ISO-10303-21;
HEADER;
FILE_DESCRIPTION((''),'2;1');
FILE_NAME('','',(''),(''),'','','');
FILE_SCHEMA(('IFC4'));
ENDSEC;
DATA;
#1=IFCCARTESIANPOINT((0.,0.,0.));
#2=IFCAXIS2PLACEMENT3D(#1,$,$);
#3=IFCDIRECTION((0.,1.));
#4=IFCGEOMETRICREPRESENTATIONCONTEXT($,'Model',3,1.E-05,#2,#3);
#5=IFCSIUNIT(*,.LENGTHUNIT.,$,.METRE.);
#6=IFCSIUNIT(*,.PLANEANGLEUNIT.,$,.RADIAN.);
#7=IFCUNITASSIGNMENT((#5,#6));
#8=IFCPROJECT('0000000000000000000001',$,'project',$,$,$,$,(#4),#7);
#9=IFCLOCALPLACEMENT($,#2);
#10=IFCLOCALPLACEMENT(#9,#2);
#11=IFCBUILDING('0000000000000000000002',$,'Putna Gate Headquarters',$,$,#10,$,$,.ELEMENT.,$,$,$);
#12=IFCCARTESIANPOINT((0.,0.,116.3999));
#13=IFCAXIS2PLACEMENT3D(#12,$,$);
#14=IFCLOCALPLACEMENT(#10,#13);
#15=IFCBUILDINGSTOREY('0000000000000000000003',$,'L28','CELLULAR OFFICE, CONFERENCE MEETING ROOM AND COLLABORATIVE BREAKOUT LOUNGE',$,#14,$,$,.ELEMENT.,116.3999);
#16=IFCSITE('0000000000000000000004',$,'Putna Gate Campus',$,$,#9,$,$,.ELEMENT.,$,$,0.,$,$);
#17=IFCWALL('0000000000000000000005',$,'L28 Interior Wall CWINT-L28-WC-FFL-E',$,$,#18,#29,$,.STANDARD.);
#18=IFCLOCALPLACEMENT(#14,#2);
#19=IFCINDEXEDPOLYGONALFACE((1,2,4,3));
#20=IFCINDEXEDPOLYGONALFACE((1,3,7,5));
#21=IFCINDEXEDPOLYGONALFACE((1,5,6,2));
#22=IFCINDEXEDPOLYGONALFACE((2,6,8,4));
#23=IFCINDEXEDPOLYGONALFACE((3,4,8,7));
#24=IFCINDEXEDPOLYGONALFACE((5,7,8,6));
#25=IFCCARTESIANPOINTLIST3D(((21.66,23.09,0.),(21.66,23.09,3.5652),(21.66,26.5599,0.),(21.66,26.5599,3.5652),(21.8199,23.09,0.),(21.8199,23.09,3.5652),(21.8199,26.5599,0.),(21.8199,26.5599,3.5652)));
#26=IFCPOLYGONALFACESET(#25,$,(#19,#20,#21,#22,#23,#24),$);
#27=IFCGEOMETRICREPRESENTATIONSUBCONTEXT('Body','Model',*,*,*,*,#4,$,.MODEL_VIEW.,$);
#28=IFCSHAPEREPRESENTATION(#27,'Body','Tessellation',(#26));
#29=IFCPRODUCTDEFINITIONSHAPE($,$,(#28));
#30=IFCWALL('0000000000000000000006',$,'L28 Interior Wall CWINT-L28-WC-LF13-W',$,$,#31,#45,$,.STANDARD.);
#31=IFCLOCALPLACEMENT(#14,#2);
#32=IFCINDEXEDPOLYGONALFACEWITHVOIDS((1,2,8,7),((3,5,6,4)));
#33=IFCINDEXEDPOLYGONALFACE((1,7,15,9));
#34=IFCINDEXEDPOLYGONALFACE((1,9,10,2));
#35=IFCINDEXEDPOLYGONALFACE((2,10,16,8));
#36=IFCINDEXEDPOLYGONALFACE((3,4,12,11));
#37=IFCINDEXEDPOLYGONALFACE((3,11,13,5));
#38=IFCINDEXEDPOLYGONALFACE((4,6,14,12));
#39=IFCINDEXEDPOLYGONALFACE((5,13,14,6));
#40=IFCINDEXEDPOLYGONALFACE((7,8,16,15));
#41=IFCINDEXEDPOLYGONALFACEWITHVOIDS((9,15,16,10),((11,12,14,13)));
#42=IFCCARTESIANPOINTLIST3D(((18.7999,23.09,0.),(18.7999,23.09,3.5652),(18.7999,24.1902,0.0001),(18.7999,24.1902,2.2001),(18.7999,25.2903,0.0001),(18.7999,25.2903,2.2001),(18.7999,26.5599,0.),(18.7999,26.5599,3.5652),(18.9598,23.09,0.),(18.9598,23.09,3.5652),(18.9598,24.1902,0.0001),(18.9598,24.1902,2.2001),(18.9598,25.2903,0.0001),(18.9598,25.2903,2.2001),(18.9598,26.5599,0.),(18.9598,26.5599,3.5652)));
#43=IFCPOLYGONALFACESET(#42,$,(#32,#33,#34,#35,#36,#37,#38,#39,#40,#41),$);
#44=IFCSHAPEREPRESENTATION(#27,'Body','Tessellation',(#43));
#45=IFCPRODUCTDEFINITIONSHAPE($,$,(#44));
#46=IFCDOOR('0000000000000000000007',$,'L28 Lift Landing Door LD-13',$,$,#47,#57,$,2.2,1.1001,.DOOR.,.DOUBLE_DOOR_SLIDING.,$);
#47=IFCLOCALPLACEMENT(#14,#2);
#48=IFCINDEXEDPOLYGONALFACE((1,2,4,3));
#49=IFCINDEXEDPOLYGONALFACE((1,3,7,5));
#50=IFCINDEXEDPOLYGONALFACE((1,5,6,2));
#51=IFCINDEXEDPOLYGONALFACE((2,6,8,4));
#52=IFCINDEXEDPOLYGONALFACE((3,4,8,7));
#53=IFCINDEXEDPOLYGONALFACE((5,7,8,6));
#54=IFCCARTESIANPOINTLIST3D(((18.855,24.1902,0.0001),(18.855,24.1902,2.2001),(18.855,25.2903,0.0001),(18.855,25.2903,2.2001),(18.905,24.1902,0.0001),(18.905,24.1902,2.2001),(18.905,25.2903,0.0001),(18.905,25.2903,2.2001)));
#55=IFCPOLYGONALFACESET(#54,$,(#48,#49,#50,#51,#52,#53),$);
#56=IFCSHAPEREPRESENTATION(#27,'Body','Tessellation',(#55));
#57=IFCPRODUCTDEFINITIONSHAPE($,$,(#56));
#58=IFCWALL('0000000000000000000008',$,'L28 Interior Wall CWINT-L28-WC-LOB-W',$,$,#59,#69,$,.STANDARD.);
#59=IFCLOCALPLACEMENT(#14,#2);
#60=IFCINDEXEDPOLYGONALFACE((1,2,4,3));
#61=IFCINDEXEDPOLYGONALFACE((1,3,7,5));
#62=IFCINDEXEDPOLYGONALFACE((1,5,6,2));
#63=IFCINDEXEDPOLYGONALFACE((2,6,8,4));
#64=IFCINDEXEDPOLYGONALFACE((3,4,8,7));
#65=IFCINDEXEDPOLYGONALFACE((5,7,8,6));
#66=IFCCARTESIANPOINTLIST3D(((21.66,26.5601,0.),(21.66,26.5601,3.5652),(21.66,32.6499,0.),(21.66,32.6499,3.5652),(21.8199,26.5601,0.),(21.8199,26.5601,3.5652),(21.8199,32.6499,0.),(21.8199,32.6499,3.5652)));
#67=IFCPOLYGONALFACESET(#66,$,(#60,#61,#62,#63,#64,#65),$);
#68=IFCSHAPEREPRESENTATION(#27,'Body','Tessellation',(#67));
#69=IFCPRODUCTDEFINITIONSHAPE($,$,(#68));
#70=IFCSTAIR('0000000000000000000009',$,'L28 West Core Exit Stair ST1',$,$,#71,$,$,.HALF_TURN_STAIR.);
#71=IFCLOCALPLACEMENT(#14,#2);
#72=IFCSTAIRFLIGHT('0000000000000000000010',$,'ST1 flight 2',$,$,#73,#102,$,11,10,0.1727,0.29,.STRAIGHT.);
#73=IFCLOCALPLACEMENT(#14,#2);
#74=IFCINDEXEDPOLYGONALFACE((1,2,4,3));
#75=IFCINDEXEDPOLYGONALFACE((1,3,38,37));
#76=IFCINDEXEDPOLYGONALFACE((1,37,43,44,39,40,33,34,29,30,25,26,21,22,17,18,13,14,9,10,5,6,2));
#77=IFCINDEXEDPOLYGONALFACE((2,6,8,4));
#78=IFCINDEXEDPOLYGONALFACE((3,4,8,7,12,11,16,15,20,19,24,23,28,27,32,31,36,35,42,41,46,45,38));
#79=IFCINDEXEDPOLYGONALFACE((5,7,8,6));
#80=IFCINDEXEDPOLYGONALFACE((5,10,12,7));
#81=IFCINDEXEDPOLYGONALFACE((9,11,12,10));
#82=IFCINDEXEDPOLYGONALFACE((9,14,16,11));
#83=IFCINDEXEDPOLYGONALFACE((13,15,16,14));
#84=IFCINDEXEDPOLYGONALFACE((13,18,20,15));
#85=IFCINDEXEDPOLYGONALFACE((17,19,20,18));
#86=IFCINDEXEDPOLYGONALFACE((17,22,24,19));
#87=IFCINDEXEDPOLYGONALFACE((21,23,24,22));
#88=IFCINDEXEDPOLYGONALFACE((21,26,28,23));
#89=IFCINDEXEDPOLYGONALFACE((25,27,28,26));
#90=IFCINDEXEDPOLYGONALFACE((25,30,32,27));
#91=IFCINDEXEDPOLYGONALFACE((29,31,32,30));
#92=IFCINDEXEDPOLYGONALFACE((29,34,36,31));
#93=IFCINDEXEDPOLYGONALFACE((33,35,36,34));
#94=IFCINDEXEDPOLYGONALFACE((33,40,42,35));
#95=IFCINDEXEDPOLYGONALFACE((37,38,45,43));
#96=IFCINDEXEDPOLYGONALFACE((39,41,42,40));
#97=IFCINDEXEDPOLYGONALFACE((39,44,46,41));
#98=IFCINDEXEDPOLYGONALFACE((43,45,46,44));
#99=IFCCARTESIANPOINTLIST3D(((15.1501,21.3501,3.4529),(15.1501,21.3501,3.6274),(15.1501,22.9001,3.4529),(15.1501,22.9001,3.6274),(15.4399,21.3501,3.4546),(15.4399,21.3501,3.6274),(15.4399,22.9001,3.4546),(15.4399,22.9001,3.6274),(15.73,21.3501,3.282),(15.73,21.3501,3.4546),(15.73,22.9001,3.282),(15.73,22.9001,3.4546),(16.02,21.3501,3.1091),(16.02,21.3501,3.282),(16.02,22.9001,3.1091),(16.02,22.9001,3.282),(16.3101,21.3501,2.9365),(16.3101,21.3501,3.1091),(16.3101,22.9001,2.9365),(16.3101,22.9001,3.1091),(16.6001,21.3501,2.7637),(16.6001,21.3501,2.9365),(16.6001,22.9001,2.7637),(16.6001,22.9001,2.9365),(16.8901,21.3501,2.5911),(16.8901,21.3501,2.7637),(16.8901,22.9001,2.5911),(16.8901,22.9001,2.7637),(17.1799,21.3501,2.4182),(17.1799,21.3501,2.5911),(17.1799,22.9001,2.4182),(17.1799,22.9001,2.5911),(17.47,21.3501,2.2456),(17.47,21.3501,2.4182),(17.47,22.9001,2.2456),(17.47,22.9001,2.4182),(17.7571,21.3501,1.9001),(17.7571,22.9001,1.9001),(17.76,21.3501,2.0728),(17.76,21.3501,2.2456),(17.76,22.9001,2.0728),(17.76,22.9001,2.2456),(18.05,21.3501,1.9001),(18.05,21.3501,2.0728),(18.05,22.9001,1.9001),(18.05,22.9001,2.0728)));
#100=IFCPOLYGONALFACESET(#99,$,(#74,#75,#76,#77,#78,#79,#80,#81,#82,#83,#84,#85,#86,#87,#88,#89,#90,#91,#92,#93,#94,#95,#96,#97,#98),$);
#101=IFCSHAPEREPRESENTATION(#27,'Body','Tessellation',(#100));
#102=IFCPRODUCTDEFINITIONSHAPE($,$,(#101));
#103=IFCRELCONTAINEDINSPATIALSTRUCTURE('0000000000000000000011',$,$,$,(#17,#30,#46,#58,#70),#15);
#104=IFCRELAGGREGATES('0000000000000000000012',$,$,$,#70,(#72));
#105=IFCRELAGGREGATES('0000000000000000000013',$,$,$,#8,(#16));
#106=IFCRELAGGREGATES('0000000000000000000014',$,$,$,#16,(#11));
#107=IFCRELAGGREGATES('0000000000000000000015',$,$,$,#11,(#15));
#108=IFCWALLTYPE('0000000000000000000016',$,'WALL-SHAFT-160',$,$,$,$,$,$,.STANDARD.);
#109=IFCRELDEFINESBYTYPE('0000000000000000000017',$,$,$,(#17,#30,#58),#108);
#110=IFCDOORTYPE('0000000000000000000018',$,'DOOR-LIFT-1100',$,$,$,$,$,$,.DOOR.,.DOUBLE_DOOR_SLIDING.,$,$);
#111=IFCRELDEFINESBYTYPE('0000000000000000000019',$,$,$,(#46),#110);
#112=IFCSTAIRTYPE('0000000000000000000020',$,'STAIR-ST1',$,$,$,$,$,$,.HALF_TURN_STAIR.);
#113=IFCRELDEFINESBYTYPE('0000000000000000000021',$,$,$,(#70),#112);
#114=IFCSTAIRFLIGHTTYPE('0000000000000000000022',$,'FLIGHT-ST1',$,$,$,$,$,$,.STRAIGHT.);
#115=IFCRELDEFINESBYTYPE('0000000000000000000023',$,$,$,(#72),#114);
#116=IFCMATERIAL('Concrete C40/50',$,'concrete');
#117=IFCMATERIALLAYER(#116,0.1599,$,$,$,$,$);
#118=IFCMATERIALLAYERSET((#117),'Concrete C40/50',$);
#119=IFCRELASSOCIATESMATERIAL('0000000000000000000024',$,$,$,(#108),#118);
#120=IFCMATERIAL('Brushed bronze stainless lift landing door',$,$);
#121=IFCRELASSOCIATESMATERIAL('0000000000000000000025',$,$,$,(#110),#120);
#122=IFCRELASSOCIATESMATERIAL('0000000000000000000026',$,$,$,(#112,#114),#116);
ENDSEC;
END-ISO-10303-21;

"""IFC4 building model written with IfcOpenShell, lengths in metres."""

from ifc_helpers import new_model, si_unit, direction, frame, frame_2d, origin, place, context, subcontext, project, spatial, polyline, rectangle, outline, extrude, material, layer, layer_set, type_object, element, fill, aggregate, save


model = new_model("IFC4")

# Units and contexts
model_context = context("Model", 3, precision=1e-05, world=origin(), true_north=direction((0.0, 1.0)))
body_context = subcontext(model_context, "Body", "Model", "MODEL_VIEW")
ifc_project = project(units=[si_unit("LENGTHUNIT", "METRE"), si_unit("PLANEANGLEUNIT", "RADIAN")], contexts=[model_context])

# Site, building, storey
site_placement = place(None, origin())
site = spatial("IfcSite", under=ifc_project, at=site_placement, Name="Putna Gate Campus", CompositionType="ELEMENT", RefElevation=0.0)
building_placement = place(site_placement, origin())
building = spatial("IfcBuilding", under=site, at=building_placement, Name="Putna Gate Headquarters", CompositionType="ELEMENT")
storey_placement = place(building_placement, frame((0.0, 0.0, 116.3999)))
storey = spatial("IfcBuildingStorey", under=building, at=storey_placement, Name="L28", Description="CELLULAR OFFICE, CONFERENCE MEETING ROOM AND COLLABORATIVE BREAKOUT LOUNGE", CompositionType="ELEMENT", Elevation=116.3999)

# Wall
ifc_material_1 = material(Name="Concrete C40/50", Category="concrete")
ifc_layer_1 = layer(ifc_material_1, 0.1599)
ifc_layer_set_1 = layer_set([ifc_layer_1], Name="Concrete C40/50")
wall_type_1 = type_object("IfcWallType", Name="WALL-SHAFT-160", PredefinedType="STANDARD", material=ifc_layer_set_1)
wall_1_placement = place(storey_placement, frame((21.74, 23.0901, 0.0), z_axis=(0.0, 0.0, 1.0), x_axis=(0.0, 1.0, 0.0)))
element("IfcWall", 1, at=wall_1_placement, inside=storey, type_object=wall_type_1, Name="L28 Interior Wall CWINT-L28-WC-FFL-E", PredefinedType="STANDARD", context=body_context, shape_type="SweptSolid", body=[
    extrude(rectangle(XDim=3.47, YDim=0.1599, at=frame_2d((1.7349, 0.0))), origin(), (0.0, 0.0, 1.0), 3.5652),
])

# Wall, opening, door
wall_2_placement = place(storey_placement, frame((18.8799, 23.0901, 0.0), z_axis=(0.0, 0.0, 1.0), x_axis=(0.0, 1.0, 0.0)))
wall_2 = element("IfcWall", 2, at=wall_2_placement, inside=storey, type_object=wall_type_1, Name="L28 Interior Wall CWINT-L28-WC-LF13-W", PredefinedType="STANDARD", context=body_context, shape_type="SweptSolid", body=[
    extrude(rectangle(XDim=3.47, YDim=0.1599, at=frame_2d((1.7349, 0.0))), origin(), (0.0, 0.0, 1.0), 3.5652),
])
opening_1_placement = place(wall_2_placement, frame((1.1001, 0.0, 0.0)))
opening_1 = element("IfcOpeningElement", 3, at=opening_1_placement, cuts=wall_2, PredefinedType="OPENING", context=body_context, shape_type="SweptSolid", body=[
    extrude(rectangle(XDim=1.1001, YDim=2.2, at=frame_2d((0.55, 1.1001))), frame((0.0, 0.0898, 0.0), z_axis=(0.0, -1.0, 0.0), x_axis=(1.0, 0.0, 0.0)), (0.0, 0.0, 1.0), 0.1799),
])
ifc_material_2 = material(Name="Brushed bronze stainless lift landing door")
door_type_1 = type_object("IfcDoorType", Name="DOOR-LIFT-1100", OperationType="DOUBLE_DOOR_SLIDING", PredefinedType="DOOR", material=ifc_material_2)
door_1_placement = place(opening_1_placement, origin())
door_1 = element("IfcDoor", 4, at=door_1_placement, inside=storey, type_object=door_type_1, Name="L28 Lift Landing Door LD-13", OperationType="DOUBLE_DOOR_SLIDING", OverallHeight=2.2, OverallWidth=1.1001, PredefinedType="DOOR", context=body_context, shape_type="SweptSolid", body=[
    extrude(rectangle(XDim=1.1001, YDim=2.2, at=frame_2d((0.55, 1.1001))), frame((0.0, 0.0249, 0.0), z_axis=(0.0, -1.0, 0.0), x_axis=(1.0, 0.0, 0.0)), (0.0, 0.0, 1.0), 0.05),
])
fill(opening_1, door_1)

# Wall
wall_3_placement = place(storey_placement, frame((21.74, 26.5601, 0.0), z_axis=(0.0, 0.0, 1.0), x_axis=(0.0, 1.0, 0.0)))
element("IfcWall", 5, at=wall_3_placement, inside=storey, type_object=wall_type_1, Name="L28 Interior Wall CWINT-L28-WC-LOB-W", PredefinedType="STANDARD", context=body_context, shape_type="SweptSolid", body=[
    extrude(rectangle(XDim=6.0898, YDim=0.1599, at=frame_2d((3.0449, 0.0))), origin(), (0.0, 0.0, 1.0), 3.5652),
])

# Stair, stair flight
stair_type = type_object("IfcStairType", Name="STAIR-ST1", PredefinedType="HALF_TURN_STAIR", material=ifc_material_1)
stair_placement = place(storey_placement, origin())
stair = element("IfcStair", 6, at=stair_placement, inside=storey, type_object=stair_type, Name="L28 West Core Exit Stair ST1", PredefinedType="HALF_TURN_STAIR")
stair_flight_type = type_object("IfcStairFlightType", Name="FLIGHT-ST1", PredefinedType="STRAIGHT", material=ifc_material_1)
stair_flight_placement = place(storey_placement, frame((18.05, 22.125, 1.9001), z_axis=(0.0, 0.0, 1.0), x_axis=(-1.0, 0.0, 0.0)))
stair_flight = element("IfcStairFlight", 7, at=stair_flight_placement, type_object=stair_flight_type, Name="ST1 flight 2", NumberOfRisers=11, NumberOfTreads=10, PredefinedType="STRAIGHT", RiserHeight=0.1727, TreadLength=0.29, context=body_context, shape_type="SweptSolid", body=[
    extrude(outline(polyline([(0.0, 0.0), (0.0, 0.1726), (0.29, 0.1726), (0.29, 0.3455), (0.5801, 0.3455), (0.5801, 0.5181), (0.8701, 0.5181), (0.8701, 0.6909), (1.1599, 0.6909), (1.1599, 0.8635), (1.45, 0.8635), (1.45, 1.0364), (1.74, 1.0364), (1.74, 1.209), (2.03, 1.209), (2.03, 1.3818), (2.3201, 1.3818), (2.3201, 1.5544), (2.6101, 1.5544), (2.6101, 1.7273), (2.8999, 1.7273), (2.8999, 1.8999), (2.8999, 1.5527), (0.293, 0.0), (0.0, 0.0)])), frame((0.0, 0.7749, 0.0), z_axis=(0.0, -1.0, 0.0), x_axis=(1.0, 0.0, 0.0)), (0.0, 0.0, 1.0), 1.55),
])
aggregate(stair, [stair_flight])

save(model, "model.ifc")
